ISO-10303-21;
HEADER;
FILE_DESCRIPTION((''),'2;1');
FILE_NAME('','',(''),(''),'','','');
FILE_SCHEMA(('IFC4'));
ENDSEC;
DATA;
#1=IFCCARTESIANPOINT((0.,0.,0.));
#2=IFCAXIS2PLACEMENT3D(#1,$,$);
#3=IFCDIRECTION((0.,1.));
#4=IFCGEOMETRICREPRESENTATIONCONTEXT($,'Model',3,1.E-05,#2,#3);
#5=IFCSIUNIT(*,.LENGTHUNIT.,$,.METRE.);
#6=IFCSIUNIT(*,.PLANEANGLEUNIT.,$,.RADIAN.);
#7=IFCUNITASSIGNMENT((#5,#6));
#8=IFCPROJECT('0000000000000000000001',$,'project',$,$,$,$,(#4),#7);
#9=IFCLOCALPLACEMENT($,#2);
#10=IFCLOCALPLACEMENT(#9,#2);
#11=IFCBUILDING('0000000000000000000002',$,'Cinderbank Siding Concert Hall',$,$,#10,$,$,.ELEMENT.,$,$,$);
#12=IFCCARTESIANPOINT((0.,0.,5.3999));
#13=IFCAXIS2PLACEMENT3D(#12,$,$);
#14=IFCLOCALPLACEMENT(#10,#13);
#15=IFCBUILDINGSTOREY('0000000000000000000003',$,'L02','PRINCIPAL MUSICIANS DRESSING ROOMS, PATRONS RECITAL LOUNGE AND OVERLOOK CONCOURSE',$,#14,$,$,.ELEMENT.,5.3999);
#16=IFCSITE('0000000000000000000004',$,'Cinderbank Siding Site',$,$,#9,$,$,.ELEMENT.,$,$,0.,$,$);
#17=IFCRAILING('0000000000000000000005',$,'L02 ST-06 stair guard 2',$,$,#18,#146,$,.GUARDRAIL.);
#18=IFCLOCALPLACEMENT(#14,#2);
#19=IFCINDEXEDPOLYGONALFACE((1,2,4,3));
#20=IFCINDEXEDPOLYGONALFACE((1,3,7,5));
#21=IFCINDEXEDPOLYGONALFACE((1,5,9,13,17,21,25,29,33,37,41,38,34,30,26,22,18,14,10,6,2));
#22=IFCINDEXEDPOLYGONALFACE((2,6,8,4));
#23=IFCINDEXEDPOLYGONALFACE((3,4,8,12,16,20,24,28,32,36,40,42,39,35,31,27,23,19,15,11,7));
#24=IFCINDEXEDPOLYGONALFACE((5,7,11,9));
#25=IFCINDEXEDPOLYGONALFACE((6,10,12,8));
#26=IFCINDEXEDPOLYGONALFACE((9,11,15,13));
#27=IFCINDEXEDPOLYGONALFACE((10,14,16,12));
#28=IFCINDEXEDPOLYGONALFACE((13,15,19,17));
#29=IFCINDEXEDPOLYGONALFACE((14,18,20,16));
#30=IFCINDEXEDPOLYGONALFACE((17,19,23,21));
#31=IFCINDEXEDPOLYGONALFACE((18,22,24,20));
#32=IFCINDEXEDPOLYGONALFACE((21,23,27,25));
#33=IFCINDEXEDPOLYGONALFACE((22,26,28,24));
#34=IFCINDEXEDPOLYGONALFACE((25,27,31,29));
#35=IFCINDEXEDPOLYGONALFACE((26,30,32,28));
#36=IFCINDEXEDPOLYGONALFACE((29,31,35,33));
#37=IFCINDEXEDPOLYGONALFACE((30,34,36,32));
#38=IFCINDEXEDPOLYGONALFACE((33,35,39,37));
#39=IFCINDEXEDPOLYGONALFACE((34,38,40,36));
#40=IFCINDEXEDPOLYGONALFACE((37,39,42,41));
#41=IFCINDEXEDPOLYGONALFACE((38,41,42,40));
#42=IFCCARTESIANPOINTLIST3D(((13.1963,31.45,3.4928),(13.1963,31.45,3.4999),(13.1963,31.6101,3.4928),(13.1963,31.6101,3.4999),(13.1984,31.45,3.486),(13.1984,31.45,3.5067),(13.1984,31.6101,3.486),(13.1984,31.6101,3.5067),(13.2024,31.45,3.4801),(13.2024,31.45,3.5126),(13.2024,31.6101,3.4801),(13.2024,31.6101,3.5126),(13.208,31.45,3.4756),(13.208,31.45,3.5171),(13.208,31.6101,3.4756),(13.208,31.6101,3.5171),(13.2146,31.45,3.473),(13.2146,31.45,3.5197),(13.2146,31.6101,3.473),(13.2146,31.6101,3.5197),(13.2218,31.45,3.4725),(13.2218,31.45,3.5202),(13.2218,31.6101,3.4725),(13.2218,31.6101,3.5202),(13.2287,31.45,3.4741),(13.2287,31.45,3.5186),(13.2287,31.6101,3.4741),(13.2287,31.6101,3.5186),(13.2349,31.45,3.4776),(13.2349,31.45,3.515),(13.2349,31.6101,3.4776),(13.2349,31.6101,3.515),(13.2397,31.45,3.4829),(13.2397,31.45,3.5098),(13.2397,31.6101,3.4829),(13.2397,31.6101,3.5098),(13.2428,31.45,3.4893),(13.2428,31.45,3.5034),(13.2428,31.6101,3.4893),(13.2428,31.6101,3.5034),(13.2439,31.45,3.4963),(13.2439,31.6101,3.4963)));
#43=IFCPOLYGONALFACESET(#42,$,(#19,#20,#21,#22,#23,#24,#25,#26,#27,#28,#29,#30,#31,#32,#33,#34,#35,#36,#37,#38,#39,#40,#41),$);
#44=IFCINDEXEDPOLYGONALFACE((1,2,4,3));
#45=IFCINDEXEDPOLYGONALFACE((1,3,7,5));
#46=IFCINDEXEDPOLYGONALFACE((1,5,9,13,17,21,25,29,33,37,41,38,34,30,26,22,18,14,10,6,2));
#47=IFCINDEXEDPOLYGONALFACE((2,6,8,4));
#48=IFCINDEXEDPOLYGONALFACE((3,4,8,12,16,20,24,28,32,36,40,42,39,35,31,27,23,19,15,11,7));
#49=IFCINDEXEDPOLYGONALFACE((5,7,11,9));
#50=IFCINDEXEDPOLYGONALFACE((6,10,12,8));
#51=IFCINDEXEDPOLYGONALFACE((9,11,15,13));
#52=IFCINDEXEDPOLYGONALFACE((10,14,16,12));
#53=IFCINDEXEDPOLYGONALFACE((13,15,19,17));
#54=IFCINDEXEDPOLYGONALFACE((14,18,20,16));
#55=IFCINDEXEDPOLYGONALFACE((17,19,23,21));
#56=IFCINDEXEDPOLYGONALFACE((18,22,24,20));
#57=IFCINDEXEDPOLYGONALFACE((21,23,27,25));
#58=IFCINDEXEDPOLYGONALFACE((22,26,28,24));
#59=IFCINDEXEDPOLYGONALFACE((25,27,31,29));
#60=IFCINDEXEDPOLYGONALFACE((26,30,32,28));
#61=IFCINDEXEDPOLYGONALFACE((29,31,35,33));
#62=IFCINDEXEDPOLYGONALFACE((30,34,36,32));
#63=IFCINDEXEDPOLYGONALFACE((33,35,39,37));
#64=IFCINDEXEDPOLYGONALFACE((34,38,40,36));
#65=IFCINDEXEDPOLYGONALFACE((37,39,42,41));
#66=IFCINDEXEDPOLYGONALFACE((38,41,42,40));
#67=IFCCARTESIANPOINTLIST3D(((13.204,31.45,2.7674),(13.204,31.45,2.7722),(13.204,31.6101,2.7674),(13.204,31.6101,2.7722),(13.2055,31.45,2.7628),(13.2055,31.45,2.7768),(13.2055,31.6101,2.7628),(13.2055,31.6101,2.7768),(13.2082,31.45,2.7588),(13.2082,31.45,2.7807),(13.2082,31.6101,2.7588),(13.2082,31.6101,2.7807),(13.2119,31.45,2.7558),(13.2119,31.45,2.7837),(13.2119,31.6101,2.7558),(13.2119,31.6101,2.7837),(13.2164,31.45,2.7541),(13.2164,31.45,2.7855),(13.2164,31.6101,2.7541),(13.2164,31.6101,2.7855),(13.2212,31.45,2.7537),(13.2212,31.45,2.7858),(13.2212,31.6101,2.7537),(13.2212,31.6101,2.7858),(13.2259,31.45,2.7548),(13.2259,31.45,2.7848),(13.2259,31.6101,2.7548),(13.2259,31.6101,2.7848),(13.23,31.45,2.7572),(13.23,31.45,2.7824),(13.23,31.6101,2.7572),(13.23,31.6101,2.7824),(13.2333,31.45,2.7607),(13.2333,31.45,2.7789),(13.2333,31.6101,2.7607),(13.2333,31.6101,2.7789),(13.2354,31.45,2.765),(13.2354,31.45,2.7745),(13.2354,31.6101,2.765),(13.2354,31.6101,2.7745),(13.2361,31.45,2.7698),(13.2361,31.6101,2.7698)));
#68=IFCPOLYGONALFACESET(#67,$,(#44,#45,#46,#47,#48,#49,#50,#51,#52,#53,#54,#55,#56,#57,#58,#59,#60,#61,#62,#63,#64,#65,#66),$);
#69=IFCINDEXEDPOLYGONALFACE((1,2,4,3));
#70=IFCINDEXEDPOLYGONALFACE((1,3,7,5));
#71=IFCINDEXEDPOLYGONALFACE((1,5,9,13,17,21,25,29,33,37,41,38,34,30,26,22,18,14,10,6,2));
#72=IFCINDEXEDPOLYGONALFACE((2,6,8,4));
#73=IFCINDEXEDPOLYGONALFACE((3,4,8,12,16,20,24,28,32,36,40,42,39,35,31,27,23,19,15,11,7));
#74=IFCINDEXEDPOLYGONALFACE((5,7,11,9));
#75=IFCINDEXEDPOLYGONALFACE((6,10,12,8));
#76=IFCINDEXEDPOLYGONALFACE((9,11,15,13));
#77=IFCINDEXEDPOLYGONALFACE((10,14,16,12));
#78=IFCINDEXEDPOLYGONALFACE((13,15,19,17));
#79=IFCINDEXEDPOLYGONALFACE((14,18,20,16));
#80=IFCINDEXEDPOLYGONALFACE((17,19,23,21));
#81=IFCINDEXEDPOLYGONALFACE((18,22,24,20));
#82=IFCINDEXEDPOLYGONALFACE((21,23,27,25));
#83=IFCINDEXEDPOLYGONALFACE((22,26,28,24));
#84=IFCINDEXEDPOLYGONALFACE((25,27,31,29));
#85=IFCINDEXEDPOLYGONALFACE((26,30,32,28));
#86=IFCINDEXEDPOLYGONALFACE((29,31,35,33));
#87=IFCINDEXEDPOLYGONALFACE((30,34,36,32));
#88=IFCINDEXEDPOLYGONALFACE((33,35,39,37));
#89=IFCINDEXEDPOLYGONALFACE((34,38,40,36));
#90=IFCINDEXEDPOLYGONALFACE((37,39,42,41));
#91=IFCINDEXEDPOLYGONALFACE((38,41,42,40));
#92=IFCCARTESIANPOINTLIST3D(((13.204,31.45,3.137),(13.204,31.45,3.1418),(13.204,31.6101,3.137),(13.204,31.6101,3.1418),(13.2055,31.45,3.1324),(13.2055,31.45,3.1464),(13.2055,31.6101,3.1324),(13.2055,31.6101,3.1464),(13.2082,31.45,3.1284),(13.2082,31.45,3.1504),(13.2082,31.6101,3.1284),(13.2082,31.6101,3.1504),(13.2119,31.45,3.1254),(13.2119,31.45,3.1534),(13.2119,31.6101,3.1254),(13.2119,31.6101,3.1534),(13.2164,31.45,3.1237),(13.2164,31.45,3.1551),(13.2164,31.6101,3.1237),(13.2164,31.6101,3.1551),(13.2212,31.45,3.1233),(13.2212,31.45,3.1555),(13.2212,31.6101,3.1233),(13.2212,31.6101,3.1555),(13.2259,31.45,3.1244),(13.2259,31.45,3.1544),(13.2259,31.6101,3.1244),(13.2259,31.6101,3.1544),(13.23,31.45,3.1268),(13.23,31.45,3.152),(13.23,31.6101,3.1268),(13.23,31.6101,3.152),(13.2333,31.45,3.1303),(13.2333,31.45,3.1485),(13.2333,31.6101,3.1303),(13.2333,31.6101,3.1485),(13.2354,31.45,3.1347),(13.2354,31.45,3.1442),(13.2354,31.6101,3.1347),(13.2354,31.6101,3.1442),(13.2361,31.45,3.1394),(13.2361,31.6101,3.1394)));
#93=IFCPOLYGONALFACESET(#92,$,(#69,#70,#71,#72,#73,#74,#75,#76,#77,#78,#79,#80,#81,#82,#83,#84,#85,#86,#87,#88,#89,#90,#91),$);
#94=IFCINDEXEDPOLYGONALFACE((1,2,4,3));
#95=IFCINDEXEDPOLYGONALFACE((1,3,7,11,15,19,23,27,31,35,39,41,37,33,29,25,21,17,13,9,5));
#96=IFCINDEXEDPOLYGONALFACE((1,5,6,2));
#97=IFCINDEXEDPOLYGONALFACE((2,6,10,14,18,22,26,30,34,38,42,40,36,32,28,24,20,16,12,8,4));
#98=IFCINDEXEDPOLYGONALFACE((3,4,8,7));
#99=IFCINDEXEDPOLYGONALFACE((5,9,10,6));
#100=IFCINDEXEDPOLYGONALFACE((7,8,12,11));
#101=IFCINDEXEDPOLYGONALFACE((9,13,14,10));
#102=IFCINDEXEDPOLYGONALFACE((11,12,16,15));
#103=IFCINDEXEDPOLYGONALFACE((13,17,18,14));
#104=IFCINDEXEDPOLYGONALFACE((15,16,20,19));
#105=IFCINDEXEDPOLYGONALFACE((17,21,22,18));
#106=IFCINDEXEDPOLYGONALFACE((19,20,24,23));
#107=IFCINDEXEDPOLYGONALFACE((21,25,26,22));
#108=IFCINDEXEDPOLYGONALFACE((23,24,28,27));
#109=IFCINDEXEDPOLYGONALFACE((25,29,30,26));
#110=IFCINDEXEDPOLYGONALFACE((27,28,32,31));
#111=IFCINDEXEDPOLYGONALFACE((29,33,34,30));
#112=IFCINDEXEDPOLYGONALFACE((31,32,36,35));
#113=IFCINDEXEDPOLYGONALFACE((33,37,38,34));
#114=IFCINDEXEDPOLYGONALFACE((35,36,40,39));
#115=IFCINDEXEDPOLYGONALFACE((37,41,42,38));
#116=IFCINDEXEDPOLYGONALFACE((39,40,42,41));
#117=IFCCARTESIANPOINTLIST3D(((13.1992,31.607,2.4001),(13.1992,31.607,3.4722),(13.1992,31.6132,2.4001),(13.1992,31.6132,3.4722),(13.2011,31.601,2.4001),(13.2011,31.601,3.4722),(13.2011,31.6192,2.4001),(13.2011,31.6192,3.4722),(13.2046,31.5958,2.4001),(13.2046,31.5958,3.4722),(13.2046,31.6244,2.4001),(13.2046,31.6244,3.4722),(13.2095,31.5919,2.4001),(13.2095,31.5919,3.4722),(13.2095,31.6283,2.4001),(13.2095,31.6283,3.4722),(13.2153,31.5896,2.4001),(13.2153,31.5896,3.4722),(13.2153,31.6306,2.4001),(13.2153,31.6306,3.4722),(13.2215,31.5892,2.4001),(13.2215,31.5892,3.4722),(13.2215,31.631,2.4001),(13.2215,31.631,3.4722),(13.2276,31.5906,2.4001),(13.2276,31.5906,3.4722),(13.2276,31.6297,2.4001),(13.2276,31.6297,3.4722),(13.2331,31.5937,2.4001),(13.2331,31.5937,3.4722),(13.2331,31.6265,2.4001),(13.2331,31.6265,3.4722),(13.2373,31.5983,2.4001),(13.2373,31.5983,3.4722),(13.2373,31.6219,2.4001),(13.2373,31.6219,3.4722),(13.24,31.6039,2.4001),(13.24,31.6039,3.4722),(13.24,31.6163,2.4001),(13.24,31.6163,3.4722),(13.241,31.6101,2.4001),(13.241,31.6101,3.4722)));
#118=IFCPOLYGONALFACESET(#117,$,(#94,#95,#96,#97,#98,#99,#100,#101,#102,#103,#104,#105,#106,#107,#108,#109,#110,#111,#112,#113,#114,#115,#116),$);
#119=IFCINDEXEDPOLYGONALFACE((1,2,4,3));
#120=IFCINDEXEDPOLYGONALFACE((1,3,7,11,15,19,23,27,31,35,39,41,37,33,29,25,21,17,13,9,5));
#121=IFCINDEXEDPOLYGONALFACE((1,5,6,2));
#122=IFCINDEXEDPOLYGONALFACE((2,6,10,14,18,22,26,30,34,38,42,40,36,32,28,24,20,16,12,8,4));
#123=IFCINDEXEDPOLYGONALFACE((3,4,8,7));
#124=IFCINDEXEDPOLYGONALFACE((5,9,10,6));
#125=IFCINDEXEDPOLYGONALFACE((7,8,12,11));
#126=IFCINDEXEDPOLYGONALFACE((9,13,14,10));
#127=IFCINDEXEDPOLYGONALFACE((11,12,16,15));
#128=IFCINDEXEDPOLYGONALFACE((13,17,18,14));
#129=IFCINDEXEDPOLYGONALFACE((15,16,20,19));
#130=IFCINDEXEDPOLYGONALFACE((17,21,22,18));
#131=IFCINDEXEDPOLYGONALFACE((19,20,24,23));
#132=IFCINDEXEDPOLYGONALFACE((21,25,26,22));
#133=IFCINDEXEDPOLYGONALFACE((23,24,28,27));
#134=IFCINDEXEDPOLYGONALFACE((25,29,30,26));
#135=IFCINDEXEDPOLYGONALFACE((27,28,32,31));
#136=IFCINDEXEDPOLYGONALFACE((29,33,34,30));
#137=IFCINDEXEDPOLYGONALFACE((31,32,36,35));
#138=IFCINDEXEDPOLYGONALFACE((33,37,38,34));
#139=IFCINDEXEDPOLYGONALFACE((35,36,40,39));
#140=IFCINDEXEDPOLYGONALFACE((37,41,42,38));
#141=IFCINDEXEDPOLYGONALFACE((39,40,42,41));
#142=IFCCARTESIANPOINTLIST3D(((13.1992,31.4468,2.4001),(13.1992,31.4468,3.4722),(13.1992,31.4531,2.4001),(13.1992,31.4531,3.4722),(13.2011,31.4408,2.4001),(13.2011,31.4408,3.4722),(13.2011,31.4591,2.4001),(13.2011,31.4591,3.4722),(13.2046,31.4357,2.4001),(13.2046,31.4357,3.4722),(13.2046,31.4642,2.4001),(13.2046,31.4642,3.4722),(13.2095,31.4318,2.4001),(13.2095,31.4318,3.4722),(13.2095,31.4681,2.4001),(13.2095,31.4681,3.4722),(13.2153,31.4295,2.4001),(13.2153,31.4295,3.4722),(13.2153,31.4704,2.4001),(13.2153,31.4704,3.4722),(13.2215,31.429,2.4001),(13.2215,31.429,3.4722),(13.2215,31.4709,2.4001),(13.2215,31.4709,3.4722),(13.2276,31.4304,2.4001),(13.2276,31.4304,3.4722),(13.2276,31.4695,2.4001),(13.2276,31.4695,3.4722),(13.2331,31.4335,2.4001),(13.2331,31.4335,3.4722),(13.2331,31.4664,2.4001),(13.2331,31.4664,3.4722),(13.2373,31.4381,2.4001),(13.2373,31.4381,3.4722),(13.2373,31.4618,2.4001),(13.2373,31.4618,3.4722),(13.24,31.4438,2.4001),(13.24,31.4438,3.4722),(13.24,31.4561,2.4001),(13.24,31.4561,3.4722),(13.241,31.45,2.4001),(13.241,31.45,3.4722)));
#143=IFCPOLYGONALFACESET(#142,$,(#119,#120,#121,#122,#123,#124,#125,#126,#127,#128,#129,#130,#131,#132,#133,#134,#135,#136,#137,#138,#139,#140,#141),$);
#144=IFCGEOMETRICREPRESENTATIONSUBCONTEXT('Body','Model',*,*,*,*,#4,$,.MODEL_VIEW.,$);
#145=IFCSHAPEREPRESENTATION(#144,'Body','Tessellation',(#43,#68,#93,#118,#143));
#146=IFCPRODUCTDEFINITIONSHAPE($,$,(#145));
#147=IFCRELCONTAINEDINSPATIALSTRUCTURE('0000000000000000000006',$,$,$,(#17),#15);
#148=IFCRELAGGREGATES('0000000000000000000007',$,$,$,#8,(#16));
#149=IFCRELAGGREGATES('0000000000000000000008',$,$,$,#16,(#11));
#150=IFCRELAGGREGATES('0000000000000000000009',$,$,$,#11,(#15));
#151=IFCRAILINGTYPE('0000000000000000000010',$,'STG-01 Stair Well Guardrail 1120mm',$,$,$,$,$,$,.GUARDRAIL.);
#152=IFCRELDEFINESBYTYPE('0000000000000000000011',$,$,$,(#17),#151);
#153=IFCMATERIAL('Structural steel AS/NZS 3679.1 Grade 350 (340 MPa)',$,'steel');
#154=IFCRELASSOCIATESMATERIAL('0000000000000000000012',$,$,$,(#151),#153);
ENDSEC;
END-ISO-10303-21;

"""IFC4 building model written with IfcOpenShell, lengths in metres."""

from ifc_helpers import new_model, si_unit, direction, frame, origin, origin_2d, place, context, subcontext, project, spatial, circle, extrude, material, type_object, element, save


model = new_model("IFC4")

# Units and contexts
model_context = context("Model", 3, precision=1e-05, world=origin(), true_north=direction((0.0, 1.0)))
body_context = subcontext(model_context, "Body", "Model", "MODEL_VIEW")
ifc_project = project(units=[si_unit("LENGTHUNIT", "METRE"), si_unit("PLANEANGLEUNIT", "RADIAN")], contexts=[model_context])

# Site, building, storey
site_placement = place(None, origin())
site = spatial("IfcSite", under=ifc_project, at=site_placement, Name="Cinderbank Siding Site", CompositionType="ELEMENT", RefElevation=0.0)
building_placement = place(site_placement, origin())
building = spatial("IfcBuilding", under=site, at=building_placement, Name="Cinderbank Siding Concert Hall", CompositionType="ELEMENT")
storey_placement = place(building_placement, frame((0.0, 0.0, 5.3999)))
storey = spatial("IfcBuildingStorey", under=building, at=storey_placement, Name="L02", Description="PRINCIPAL MUSICIANS DRESSING ROOMS, PATRONS RECITAL LOUNGE AND OVERLOOK CONCOURSE", CompositionType="ELEMENT", Elevation=5.3999)

# Shared definitions
ifc_material_1 = material(Name="Structural steel AS/NZS 3679.1 Grade 350 (340 MPa)", Category="steel")

# Railing
railing_type_1 = type_object("IfcRailingType", Name="STG-01 Stair Well Guardrail 1120mm", PredefinedType="GUARDRAIL", material=ifc_material_1)
railing_1_placement = place(storey_placement, frame((13.22, 31.6101, 2.4001)))
element("IfcRailing", 1, at=railing_1_placement, inside=storey, type_object=railing_type_1, Name="L02 ST-06 stair guard 2", PredefinedType="GUARDRAIL", context=body_context, shape_type="SweptSolid", body=[
    extrude(circle(Radius=0.0239, at=origin_2d()), frame((0.0, 0.0, 1.0962), z_axis=(0.0, -1.0, 0.0), x_axis=(1.0, 0.0, 0.0)), (0.0, 0.0, 1.0), 0.1602),
    extrude(circle(Radius=0.0161, at=origin_2d()), frame((0.0, 0.0, 0.3696), z_axis=(0.0, -1.0, 0.0), x_axis=(1.0, 0.0, 0.0)), (0.0, 0.0, 1.0), 0.1602),
    extrude(circle(Radius=0.0161, at=origin_2d()), frame((0.0, 0.0, 0.7393), z_axis=(0.0, -1.0, 0.0), x_axis=(1.0, 0.0, 0.0)), (0.0, 0.0, 1.0), 0.1602),
    extrude(circle(Radius=0.021, at=origin_2d()), origin(), (0.0, 0.0, 1.0), 1.072),
    extrude(circle(Radius=0.021, at=origin_2d()), frame((0.0, -0.1602, 0.0)), (0.0, 0.0, 1.0), 1.072),
])

save(model, "model.ifc")
